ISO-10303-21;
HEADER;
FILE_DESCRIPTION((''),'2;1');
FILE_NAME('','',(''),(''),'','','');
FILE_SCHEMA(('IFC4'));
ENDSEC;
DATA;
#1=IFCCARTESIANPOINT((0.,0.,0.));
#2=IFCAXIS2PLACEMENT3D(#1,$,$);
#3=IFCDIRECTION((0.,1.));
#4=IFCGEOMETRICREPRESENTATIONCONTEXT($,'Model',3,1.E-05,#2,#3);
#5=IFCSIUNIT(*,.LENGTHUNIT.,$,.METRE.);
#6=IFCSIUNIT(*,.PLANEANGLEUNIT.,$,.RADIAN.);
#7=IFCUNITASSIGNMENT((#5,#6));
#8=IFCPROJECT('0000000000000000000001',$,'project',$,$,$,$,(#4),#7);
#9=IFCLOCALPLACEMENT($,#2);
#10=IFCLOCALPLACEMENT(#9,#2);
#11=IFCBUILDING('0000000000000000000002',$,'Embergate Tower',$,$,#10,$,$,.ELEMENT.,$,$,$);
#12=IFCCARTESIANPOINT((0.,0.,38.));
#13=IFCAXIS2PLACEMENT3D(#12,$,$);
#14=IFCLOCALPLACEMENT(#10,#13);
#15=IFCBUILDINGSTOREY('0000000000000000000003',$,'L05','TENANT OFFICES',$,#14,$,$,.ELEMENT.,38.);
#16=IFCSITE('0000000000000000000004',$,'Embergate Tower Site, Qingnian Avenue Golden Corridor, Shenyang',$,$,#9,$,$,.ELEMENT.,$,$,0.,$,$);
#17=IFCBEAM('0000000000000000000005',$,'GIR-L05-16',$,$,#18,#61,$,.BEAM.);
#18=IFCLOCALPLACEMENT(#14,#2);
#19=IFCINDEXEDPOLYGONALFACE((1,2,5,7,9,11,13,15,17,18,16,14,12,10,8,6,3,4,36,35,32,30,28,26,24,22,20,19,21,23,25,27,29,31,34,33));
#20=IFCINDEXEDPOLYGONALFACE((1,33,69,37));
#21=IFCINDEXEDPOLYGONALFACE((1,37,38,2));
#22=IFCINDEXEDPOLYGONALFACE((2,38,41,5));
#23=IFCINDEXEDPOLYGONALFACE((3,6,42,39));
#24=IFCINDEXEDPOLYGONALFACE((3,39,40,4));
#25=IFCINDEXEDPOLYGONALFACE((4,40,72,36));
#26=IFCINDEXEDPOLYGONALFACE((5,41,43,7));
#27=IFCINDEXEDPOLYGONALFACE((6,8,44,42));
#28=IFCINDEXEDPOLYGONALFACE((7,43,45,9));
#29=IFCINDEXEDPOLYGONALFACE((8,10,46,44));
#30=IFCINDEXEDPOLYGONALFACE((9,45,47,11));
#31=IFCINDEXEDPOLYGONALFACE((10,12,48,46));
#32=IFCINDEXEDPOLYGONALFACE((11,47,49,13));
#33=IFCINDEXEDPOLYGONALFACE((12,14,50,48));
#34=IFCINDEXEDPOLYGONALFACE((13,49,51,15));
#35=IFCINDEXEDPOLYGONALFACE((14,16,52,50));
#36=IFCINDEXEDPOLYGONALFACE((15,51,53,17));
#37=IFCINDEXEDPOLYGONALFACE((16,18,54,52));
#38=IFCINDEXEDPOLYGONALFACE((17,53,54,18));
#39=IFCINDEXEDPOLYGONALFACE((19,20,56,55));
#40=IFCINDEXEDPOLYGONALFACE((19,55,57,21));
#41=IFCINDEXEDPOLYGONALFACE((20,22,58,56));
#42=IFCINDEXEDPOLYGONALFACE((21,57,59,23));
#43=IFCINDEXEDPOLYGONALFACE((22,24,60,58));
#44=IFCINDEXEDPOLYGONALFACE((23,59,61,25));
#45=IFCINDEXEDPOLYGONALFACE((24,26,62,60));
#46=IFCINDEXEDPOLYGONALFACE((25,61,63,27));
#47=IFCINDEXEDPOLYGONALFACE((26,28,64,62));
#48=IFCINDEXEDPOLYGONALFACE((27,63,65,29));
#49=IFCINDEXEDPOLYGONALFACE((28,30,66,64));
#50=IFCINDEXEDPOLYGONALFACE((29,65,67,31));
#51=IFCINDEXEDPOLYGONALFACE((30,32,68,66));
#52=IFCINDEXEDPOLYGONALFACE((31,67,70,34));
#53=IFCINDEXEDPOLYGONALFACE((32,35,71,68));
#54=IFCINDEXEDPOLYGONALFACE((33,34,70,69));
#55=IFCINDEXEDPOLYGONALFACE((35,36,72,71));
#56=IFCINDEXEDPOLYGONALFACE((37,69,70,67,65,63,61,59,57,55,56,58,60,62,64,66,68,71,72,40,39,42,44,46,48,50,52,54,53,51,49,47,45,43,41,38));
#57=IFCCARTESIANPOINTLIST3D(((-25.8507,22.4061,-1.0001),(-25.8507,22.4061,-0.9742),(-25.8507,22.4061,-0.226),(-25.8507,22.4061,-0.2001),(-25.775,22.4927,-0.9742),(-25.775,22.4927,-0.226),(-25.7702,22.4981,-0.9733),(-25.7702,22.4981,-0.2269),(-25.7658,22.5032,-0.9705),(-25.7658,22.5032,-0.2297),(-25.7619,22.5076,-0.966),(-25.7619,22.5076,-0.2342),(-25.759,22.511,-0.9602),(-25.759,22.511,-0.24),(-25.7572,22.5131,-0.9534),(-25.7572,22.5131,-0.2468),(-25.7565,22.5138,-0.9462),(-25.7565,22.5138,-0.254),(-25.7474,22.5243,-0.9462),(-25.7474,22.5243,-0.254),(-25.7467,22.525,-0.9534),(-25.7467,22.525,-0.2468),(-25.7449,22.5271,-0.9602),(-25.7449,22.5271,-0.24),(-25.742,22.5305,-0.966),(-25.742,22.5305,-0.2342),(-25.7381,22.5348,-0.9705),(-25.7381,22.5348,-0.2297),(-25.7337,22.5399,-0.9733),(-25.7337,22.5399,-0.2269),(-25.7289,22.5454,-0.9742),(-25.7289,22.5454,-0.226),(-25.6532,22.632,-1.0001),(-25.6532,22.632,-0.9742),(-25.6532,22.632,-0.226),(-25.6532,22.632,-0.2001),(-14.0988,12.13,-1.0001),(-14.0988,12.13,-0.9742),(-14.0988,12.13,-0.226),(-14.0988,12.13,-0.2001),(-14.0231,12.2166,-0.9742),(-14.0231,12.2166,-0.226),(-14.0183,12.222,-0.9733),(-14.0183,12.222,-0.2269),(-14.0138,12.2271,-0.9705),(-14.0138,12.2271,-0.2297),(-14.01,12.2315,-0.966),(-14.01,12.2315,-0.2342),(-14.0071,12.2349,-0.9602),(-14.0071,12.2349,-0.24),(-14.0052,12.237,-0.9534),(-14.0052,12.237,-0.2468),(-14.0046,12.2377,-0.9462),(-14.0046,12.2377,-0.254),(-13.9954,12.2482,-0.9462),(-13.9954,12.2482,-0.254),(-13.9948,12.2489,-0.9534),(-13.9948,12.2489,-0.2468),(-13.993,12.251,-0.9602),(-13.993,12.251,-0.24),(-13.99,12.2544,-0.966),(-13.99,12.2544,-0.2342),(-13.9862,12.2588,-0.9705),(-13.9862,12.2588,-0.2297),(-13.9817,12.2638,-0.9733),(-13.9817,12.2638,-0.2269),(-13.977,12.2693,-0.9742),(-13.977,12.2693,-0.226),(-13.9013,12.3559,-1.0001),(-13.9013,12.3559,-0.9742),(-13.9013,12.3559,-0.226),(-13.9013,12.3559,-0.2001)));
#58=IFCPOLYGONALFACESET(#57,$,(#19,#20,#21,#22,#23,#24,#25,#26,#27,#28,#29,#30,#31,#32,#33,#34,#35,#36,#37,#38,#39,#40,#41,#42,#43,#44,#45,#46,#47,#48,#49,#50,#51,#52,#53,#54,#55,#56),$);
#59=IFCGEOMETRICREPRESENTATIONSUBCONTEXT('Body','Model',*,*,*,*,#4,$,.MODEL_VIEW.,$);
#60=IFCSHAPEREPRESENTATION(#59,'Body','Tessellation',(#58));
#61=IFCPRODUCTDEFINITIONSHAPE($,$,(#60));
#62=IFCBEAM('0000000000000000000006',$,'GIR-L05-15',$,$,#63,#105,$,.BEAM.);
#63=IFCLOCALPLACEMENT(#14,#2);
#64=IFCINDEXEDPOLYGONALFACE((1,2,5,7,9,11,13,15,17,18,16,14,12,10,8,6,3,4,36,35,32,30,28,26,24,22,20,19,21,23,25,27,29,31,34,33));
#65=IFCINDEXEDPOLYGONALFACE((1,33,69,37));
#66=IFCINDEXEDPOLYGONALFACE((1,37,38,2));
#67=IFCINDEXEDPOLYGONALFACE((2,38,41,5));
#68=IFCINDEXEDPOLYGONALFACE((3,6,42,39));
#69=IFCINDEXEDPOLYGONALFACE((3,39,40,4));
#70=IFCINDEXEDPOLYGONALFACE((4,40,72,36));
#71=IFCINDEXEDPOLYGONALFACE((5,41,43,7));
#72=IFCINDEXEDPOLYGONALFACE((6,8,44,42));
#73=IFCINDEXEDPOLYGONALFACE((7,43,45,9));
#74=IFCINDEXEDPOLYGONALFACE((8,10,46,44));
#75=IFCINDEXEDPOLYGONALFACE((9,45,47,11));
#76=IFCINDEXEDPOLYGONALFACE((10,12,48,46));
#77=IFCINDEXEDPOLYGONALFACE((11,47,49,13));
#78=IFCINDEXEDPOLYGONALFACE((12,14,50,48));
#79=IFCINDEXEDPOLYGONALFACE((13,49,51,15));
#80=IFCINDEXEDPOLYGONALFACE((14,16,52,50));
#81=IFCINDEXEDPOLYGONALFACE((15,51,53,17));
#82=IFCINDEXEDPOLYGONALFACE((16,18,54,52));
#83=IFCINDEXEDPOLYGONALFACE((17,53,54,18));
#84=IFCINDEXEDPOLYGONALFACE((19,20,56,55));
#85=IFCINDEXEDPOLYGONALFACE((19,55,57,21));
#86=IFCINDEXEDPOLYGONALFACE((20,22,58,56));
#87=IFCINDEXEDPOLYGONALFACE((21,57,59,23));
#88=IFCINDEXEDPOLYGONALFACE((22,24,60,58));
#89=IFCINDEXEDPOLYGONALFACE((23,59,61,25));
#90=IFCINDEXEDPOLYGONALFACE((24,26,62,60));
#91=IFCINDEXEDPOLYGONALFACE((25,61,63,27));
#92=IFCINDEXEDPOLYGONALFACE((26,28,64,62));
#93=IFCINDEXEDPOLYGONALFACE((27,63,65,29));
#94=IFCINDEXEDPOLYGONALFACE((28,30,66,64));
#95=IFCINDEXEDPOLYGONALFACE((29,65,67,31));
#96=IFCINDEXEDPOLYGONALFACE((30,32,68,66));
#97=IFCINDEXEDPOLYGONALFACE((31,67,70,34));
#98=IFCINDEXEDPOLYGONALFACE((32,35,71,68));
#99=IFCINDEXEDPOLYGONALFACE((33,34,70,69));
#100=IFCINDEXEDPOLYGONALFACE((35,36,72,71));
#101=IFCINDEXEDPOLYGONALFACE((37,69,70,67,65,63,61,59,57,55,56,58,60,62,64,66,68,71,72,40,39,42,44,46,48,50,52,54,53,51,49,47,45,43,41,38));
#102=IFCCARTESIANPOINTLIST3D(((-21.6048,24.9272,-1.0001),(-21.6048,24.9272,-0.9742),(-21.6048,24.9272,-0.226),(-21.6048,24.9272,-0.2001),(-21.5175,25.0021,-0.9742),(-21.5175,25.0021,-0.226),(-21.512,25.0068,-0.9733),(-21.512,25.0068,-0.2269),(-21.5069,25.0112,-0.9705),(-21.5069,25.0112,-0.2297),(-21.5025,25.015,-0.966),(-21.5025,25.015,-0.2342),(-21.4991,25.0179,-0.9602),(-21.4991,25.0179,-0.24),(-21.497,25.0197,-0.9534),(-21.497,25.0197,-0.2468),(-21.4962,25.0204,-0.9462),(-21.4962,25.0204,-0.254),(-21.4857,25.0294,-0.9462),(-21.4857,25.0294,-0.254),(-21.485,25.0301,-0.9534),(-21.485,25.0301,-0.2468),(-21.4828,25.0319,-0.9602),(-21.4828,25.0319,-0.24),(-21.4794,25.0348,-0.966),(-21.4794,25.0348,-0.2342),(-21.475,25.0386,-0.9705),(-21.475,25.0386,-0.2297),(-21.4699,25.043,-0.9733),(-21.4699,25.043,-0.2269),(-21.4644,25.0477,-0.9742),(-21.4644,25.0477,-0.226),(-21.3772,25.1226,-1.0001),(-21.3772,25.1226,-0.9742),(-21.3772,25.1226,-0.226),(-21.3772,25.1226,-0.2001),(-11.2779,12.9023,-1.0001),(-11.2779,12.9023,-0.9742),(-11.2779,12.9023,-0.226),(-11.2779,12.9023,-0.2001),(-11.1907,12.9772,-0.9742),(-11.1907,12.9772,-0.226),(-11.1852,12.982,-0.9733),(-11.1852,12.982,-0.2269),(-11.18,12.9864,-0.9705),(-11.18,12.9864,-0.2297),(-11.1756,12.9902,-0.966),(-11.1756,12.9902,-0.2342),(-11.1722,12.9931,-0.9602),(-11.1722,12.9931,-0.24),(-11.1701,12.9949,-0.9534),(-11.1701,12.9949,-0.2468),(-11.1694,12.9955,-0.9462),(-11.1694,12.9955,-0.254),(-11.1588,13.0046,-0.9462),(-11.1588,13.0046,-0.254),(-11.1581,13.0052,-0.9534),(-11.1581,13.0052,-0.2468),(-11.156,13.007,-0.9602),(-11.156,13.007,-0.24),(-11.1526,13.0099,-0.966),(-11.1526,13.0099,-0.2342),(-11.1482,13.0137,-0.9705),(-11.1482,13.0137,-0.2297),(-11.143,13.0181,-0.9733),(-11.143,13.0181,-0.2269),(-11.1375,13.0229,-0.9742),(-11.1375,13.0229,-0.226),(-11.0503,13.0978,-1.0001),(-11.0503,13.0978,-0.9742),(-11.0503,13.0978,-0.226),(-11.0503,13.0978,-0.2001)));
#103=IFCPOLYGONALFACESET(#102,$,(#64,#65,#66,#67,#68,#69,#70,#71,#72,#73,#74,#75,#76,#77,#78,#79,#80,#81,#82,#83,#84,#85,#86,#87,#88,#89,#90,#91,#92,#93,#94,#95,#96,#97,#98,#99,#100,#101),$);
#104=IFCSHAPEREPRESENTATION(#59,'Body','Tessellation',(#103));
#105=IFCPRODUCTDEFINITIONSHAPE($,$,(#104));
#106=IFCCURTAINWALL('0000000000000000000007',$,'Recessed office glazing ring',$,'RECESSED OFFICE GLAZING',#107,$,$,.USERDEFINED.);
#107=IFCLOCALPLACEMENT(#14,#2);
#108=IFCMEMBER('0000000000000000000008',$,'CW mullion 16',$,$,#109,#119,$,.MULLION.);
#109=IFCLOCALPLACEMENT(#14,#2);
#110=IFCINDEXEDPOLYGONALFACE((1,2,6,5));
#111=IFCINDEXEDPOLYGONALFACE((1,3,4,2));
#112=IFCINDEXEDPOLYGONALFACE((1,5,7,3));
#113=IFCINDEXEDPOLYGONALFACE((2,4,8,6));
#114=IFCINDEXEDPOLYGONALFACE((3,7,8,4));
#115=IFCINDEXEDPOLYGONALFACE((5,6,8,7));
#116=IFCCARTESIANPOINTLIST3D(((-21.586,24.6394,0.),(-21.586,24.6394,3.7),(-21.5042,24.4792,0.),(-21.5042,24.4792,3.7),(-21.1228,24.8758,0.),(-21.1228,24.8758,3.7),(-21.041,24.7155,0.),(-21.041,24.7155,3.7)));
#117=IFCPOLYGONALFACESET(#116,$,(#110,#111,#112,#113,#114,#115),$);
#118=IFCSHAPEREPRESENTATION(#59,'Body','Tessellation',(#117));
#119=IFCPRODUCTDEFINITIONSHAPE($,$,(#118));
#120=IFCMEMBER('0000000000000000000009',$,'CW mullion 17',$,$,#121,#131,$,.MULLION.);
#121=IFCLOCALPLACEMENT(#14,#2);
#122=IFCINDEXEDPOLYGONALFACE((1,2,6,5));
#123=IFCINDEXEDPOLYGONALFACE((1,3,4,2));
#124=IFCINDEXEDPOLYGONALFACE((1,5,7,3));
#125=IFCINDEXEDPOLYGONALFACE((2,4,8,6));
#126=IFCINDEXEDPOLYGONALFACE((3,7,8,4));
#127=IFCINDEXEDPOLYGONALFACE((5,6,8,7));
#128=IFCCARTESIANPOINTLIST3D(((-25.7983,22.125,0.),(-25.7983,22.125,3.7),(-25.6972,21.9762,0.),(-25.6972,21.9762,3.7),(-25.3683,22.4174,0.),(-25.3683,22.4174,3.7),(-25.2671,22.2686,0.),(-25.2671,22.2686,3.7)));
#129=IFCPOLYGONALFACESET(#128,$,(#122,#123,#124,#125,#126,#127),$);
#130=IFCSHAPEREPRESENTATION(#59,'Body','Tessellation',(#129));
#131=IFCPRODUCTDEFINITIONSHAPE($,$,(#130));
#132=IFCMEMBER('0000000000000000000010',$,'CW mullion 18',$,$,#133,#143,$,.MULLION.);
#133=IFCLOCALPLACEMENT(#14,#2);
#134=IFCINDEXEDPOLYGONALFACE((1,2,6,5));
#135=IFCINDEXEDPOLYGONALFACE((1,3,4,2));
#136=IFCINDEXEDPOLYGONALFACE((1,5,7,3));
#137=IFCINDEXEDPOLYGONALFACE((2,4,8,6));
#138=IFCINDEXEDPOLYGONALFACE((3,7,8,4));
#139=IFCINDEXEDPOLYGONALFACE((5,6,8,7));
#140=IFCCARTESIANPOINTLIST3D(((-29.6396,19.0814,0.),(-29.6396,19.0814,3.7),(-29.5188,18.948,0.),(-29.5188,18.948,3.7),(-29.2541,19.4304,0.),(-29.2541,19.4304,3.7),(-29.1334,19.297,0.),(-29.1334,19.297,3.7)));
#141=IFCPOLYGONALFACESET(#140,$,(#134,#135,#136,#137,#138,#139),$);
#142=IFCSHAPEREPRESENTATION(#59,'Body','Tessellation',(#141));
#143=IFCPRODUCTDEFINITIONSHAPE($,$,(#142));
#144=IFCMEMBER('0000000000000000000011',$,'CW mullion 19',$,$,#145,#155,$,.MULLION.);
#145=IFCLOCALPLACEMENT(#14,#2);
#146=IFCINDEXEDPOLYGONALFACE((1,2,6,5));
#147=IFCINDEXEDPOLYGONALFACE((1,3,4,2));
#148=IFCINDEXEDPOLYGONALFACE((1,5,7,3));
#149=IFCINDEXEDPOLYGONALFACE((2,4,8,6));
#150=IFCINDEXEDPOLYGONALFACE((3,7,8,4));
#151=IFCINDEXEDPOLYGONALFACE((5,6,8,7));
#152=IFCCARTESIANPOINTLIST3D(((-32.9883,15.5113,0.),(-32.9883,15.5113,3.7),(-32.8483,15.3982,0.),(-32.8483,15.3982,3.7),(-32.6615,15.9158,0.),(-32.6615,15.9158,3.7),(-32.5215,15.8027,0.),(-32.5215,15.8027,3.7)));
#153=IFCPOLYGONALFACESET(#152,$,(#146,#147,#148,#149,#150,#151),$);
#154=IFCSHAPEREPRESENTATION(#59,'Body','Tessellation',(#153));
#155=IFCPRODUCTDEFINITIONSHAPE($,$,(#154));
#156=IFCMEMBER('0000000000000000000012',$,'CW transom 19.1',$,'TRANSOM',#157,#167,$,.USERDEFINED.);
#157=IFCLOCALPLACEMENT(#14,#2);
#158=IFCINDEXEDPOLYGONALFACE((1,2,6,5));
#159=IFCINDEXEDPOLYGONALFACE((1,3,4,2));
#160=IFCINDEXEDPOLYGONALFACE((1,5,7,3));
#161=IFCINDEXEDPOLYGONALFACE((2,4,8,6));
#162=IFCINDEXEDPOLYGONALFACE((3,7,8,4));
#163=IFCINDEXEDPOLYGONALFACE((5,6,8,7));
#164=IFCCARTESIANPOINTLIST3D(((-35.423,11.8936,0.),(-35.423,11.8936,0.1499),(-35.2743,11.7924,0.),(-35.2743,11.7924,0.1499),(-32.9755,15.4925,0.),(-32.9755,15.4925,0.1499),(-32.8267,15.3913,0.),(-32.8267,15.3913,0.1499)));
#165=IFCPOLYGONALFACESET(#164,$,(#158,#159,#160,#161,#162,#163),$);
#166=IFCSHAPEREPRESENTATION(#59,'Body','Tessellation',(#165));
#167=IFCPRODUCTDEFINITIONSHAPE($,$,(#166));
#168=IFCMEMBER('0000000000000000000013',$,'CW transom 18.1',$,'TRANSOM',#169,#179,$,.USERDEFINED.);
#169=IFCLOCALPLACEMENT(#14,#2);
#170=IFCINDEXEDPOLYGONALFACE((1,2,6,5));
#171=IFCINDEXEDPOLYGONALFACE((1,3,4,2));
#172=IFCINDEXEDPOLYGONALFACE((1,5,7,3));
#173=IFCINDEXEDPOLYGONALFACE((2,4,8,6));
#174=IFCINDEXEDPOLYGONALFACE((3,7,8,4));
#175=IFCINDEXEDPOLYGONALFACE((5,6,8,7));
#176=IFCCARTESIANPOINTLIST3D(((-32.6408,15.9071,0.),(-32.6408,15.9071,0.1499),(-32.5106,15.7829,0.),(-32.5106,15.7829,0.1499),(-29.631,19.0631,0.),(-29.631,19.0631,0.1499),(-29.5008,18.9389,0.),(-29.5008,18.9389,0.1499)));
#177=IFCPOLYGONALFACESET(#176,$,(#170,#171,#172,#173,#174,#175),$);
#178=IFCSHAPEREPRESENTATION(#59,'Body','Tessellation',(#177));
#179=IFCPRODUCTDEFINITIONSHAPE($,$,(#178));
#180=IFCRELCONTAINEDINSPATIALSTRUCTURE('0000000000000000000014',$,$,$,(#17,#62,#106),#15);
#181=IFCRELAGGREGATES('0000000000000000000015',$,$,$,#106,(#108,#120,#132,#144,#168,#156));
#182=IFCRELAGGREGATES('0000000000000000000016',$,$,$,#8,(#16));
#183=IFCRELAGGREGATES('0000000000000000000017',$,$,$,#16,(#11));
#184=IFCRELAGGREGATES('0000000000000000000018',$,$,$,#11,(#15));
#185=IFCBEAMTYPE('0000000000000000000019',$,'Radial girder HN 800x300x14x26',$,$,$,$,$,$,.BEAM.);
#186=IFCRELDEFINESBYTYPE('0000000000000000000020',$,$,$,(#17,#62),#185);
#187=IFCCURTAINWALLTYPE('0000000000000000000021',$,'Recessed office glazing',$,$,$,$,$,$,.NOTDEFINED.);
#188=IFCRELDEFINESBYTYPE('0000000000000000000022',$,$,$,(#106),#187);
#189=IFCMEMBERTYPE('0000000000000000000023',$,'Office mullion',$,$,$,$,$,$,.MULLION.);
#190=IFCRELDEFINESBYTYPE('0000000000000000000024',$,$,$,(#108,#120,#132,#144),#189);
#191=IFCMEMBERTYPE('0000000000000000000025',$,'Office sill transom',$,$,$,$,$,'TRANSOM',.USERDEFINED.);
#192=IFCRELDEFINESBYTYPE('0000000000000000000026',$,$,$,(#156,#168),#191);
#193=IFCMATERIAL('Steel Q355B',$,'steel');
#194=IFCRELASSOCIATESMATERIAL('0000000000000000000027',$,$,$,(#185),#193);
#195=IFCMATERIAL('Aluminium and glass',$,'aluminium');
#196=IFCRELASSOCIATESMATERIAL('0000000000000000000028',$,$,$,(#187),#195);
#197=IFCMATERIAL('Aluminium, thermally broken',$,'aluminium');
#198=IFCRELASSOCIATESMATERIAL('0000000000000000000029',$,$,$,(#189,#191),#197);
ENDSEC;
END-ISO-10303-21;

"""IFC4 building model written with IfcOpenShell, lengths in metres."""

from ifc_helpers import new_model, si_unit, direction, frame, origin, origin_2d, place, context, subcontext, project, spatial, rectangle, i_section, extrude, source, transform, mapped, material, material_profile, profile_set, type_object, element, aggregate, save


model = new_model("IFC4")

# Units and contexts
model_context = context("Model", 3, precision=1e-05, world=origin(), true_north=direction((0.0, 1.0)))
body_context = subcontext(model_context, "Body", "Model", "MODEL_VIEW")
ifc_project = project(units=[si_unit("LENGTHUNIT", "METRE"), si_unit("PLANEANGLEUNIT", "RADIAN")], contexts=[model_context])

# Site, building, storey
site_placement = place(None, origin())
site = spatial("IfcSite", under=ifc_project, at=site_placement, Name="Embergate Tower Site, Qingnian Avenue Golden Corridor, Shenyang", CompositionType="ELEMENT", RefElevation=0.0)
building_placement = place(site_placement, origin())
building = spatial("IfcBuilding", under=site, at=building_placement, Name="Embergate Tower", CompositionType="ELEMENT")
storey_placement = place(building_placement, frame((0.0, 0.0, 38.0)))
storey = spatial("IfcBuildingStorey", under=building, at=storey_placement, Name="L05", Description="TENANT OFFICES", CompositionType="ELEMENT", Elevation=38.0)

# Beams
ifc_material_1 = material(Name="Steel Q355B", Category="steel")
ifc_material_profile_1 = material_profile(ifc_material_1, i_section(OverallWidth=0.3, OverallDepth=0.8, WebThickness=0.0139, FlangeThickness=0.0259, FilletRadius=0.0281, at=origin_2d()), Name="HN 800x300x14x26")
ifc_profile_set_1 = profile_set([ifc_material_profile_1], Name="Steel Q355 grade B")
beam_type_1 = type_object("IfcBeamType", Name="Radial girder HN 800x300x14x26", PredefinedType="BEAM", material=ifc_profile_set_1)
shared_shape_1 = source(origin(), body_context, "Body", "SweptSolid", [
    extrude(i_section(OverallWidth=0.3, OverallDepth=0.8, WebThickness=0.0139, FlangeThickness=0.0259, FilletRadius=0.0281, at=origin_2d()), origin(), (0.0, 0.0, 1.0), 15.6111),
])
beam_1_placement = place(storey_placement, frame((-25.752, 22.519, -0.6001), z_axis=(0.752794, -0.658257, 0.0), x_axis=(0.658257, 0.752794, 0.0)))
element("IfcBeam", 1, at=beam_1_placement, inside=storey, type_object=beam_type_1, Name="GIR-L05-16", PredefinedType="BEAM", context=body_context, shape_type="MappedRepresentation", body=[
    mapped(shared_shape_1, transform((0.0, 0.0, 0.0))),
])
shared_shape_2 = source(origin(), body_context, "Body", "SweptSolid", [
    extrude(i_section(OverallWidth=0.3, OverallDepth=0.8, WebThickness=0.0139, FlangeThickness=0.0259, FilletRadius=0.0281, at=origin_2d()), origin(), (0.0, 0.0, 1.0), 15.8506),
])
beam_2_placement = place(storey_placement, frame((-21.491, 25.0249, -0.6001), z_axis=(0.651513, -0.758638, 0.0), x_axis=(0.758638, 0.651513, 0.0)))
element("IfcBeam", 2, at=beam_2_placement, inside=storey, type_object=beam_type_1, Name="GIR-L05-15", PredefinedType="BEAM", context=body_context, shape_type="MappedRepresentation", body=[
    mapped(shared_shape_2, transform((0.0, 0.0, 0.0))),
])

# Curtain wall, members
ifc_material_2 = material(Name="Aluminium and glass", Category="aluminium")
curtain_wall_type = type_object("IfcCurtainWallType", Name="Recessed office glazing", PredefinedType="NOTDEFINED", material=ifc_material_2)
curtain_wall_placement = place(storey_placement, origin())
curtain_wall = element("IfcCurtainWall", 3, at=curtain_wall_placement, inside=storey, type_object=curtain_wall_type, Name="Recessed office glazing ring", ObjectType="RECESSED OFFICE GLAZING", PredefinedType="USERDEFINED")
ifc_material_3 = material(Name="Aluminium, thermally broken", Category="aluminium")
ifc_material_profile_2 = material_profile(ifc_material_3, rectangle(XDim=0.1799, YDim=0.52, at=origin_2d()), Name="AL 520x180")
ifc_profile_set_2 = profile_set([ifc_material_profile_2], Name="Aluminium, thermally broken")
member_type_1 = type_object("IfcMemberType", Name="Office mullion", PredefinedType="MULLION", material=ifc_profile_set_2)
shared_shape_3 = source(origin(), body_context, "Body", "SweptSolid", [
    extrude(rectangle(XDim=0.1799, YDim=0.52, at=origin_2d()), origin(), (0.0, 0.0, 1.0), 3.7),
])
member_1_placement = place(storey_placement, frame((-21.3135, 24.6775, 0.0), z_axis=(0.0, 0.0, 1.0), x_axis=(0.45451, -0.890742, 0.0)))
member_1 = element("IfcMember", 4, at=member_1_placement, type_object=member_type_1, Name="CW mullion 16", PredefinedType="MULLION", context=body_context, shape_type="MappedRepresentation", body=[
    mapped(shared_shape_3, transform((0.0, 0.0, 0.0))),
])
member_2_placement = place(storey_placement, frame((-25.5327, 22.1968, 0.0), z_axis=(0.0, 0.0, 1.0), x_axis=(0.562216, -0.82699, 0.0)))
member_2 = element("IfcMember", 5, at=member_2_placement, type_object=member_type_1, Name="CW mullion 17", PredefinedType="MULLION", context=body_context, shape_type="MappedRepresentation", body=[
    mapped(shared_shape_3, transform((0.0, 0.0, 0.0))),
])
member_3_placement = place(storey_placement, frame((-29.3865, 19.1892, 0.0), z_axis=(0.0, 0.0, 1.0), x_axis=(0.671227, -0.741252, 0.0)))
member_3 = element("IfcMember", 6, at=member_3_placement, type_object=member_type_1, Name="CW mullion 18", PredefinedType="MULLION", context=body_context, shape_type="MappedRepresentation", body=[
    mapped(shared_shape_3, transform((0.0, 0.0, 0.0))),
])
member_4_placement = place(storey_placement, frame((-32.7549, 15.657, 0.0), z_axis=(0.0, 0.0, 1.0), x_axis=(0.777874, -0.628421, 0.0)))
member_4 = element("IfcMember", 7, at=member_4_placement, type_object=member_type_1, Name="CW mullion 19", PredefinedType="MULLION", context=body_context, shape_type="MappedRepresentation", body=[
    mapped(shared_shape_3, transform((0.0, 0.0, 0.0))),
])
ifc_material_profile_3 = material_profile(ifc_material_3, rectangle(XDim=0.1799, YDim=0.1499, at=origin_2d()), Name="AL 150x180")
ifc_profile_set_3 = profile_set([ifc_material_profile_3], Name="Aluminium, thermally broken")
member_type_2 = type_object("IfcMemberType", Name="Office sill transom", ElementType="TRANSOM", PredefinedType="USERDEFINED", material=ifc_profile_set_3)
shared_shape_4 = source(origin(), body_context, "Body", "SweptSolid", [
    extrude(rectangle(XDim=0.1799, YDim=0.1499, at=origin_2d()), origin(), (0.0, 0.0, 1.0), 4.3523),
])
member_5_placement = place(storey_placement, frame((-32.9011, 15.4419, 0.075), z_axis=(-0.562353, -0.826897, 0.0), x_axis=(0.826897, -0.562353, 0.0)))
member_5 = element("IfcMember", 8, at=member_5_placement, type_object=member_type_2, Name="CW transom 19.1", ObjectType="TRANSOM", PredefinedType="USERDEFINED", context=body_context, shape_type="MappedRepresentation", body=[
    mapped(shared_shape_4, transform((0.0, 0.0, 0.0))),
])
shared_shape_5 = source(origin(), body_context, "Body", "SweptSolid", [
    extrude(rectangle(XDim=0.1799, YDim=0.1499, at=origin_2d()), origin(), (0.0, 0.0, 1.0), 4.3611),
])
member_6_placement = place(storey_placement, frame((-29.5659, 19.001, 0.075), z_axis=(-0.690141, -0.723674, 0.0), x_axis=(0.723674, -0.690141, 0.0)))
member_6 = element("IfcMember", 9, at=member_6_placement, type_object=member_type_2, Name="CW transom 18.1", ObjectType="TRANSOM", PredefinedType="USERDEFINED", context=body_context, shape_type="MappedRepresentation", body=[
    mapped(shared_shape_5, transform((0.0, 0.0, 0.0))),
])
aggregate(curtain_wall, [member_1, member_2, member_3, member_4, member_6, member_5])

save(model, "model.ifc")
